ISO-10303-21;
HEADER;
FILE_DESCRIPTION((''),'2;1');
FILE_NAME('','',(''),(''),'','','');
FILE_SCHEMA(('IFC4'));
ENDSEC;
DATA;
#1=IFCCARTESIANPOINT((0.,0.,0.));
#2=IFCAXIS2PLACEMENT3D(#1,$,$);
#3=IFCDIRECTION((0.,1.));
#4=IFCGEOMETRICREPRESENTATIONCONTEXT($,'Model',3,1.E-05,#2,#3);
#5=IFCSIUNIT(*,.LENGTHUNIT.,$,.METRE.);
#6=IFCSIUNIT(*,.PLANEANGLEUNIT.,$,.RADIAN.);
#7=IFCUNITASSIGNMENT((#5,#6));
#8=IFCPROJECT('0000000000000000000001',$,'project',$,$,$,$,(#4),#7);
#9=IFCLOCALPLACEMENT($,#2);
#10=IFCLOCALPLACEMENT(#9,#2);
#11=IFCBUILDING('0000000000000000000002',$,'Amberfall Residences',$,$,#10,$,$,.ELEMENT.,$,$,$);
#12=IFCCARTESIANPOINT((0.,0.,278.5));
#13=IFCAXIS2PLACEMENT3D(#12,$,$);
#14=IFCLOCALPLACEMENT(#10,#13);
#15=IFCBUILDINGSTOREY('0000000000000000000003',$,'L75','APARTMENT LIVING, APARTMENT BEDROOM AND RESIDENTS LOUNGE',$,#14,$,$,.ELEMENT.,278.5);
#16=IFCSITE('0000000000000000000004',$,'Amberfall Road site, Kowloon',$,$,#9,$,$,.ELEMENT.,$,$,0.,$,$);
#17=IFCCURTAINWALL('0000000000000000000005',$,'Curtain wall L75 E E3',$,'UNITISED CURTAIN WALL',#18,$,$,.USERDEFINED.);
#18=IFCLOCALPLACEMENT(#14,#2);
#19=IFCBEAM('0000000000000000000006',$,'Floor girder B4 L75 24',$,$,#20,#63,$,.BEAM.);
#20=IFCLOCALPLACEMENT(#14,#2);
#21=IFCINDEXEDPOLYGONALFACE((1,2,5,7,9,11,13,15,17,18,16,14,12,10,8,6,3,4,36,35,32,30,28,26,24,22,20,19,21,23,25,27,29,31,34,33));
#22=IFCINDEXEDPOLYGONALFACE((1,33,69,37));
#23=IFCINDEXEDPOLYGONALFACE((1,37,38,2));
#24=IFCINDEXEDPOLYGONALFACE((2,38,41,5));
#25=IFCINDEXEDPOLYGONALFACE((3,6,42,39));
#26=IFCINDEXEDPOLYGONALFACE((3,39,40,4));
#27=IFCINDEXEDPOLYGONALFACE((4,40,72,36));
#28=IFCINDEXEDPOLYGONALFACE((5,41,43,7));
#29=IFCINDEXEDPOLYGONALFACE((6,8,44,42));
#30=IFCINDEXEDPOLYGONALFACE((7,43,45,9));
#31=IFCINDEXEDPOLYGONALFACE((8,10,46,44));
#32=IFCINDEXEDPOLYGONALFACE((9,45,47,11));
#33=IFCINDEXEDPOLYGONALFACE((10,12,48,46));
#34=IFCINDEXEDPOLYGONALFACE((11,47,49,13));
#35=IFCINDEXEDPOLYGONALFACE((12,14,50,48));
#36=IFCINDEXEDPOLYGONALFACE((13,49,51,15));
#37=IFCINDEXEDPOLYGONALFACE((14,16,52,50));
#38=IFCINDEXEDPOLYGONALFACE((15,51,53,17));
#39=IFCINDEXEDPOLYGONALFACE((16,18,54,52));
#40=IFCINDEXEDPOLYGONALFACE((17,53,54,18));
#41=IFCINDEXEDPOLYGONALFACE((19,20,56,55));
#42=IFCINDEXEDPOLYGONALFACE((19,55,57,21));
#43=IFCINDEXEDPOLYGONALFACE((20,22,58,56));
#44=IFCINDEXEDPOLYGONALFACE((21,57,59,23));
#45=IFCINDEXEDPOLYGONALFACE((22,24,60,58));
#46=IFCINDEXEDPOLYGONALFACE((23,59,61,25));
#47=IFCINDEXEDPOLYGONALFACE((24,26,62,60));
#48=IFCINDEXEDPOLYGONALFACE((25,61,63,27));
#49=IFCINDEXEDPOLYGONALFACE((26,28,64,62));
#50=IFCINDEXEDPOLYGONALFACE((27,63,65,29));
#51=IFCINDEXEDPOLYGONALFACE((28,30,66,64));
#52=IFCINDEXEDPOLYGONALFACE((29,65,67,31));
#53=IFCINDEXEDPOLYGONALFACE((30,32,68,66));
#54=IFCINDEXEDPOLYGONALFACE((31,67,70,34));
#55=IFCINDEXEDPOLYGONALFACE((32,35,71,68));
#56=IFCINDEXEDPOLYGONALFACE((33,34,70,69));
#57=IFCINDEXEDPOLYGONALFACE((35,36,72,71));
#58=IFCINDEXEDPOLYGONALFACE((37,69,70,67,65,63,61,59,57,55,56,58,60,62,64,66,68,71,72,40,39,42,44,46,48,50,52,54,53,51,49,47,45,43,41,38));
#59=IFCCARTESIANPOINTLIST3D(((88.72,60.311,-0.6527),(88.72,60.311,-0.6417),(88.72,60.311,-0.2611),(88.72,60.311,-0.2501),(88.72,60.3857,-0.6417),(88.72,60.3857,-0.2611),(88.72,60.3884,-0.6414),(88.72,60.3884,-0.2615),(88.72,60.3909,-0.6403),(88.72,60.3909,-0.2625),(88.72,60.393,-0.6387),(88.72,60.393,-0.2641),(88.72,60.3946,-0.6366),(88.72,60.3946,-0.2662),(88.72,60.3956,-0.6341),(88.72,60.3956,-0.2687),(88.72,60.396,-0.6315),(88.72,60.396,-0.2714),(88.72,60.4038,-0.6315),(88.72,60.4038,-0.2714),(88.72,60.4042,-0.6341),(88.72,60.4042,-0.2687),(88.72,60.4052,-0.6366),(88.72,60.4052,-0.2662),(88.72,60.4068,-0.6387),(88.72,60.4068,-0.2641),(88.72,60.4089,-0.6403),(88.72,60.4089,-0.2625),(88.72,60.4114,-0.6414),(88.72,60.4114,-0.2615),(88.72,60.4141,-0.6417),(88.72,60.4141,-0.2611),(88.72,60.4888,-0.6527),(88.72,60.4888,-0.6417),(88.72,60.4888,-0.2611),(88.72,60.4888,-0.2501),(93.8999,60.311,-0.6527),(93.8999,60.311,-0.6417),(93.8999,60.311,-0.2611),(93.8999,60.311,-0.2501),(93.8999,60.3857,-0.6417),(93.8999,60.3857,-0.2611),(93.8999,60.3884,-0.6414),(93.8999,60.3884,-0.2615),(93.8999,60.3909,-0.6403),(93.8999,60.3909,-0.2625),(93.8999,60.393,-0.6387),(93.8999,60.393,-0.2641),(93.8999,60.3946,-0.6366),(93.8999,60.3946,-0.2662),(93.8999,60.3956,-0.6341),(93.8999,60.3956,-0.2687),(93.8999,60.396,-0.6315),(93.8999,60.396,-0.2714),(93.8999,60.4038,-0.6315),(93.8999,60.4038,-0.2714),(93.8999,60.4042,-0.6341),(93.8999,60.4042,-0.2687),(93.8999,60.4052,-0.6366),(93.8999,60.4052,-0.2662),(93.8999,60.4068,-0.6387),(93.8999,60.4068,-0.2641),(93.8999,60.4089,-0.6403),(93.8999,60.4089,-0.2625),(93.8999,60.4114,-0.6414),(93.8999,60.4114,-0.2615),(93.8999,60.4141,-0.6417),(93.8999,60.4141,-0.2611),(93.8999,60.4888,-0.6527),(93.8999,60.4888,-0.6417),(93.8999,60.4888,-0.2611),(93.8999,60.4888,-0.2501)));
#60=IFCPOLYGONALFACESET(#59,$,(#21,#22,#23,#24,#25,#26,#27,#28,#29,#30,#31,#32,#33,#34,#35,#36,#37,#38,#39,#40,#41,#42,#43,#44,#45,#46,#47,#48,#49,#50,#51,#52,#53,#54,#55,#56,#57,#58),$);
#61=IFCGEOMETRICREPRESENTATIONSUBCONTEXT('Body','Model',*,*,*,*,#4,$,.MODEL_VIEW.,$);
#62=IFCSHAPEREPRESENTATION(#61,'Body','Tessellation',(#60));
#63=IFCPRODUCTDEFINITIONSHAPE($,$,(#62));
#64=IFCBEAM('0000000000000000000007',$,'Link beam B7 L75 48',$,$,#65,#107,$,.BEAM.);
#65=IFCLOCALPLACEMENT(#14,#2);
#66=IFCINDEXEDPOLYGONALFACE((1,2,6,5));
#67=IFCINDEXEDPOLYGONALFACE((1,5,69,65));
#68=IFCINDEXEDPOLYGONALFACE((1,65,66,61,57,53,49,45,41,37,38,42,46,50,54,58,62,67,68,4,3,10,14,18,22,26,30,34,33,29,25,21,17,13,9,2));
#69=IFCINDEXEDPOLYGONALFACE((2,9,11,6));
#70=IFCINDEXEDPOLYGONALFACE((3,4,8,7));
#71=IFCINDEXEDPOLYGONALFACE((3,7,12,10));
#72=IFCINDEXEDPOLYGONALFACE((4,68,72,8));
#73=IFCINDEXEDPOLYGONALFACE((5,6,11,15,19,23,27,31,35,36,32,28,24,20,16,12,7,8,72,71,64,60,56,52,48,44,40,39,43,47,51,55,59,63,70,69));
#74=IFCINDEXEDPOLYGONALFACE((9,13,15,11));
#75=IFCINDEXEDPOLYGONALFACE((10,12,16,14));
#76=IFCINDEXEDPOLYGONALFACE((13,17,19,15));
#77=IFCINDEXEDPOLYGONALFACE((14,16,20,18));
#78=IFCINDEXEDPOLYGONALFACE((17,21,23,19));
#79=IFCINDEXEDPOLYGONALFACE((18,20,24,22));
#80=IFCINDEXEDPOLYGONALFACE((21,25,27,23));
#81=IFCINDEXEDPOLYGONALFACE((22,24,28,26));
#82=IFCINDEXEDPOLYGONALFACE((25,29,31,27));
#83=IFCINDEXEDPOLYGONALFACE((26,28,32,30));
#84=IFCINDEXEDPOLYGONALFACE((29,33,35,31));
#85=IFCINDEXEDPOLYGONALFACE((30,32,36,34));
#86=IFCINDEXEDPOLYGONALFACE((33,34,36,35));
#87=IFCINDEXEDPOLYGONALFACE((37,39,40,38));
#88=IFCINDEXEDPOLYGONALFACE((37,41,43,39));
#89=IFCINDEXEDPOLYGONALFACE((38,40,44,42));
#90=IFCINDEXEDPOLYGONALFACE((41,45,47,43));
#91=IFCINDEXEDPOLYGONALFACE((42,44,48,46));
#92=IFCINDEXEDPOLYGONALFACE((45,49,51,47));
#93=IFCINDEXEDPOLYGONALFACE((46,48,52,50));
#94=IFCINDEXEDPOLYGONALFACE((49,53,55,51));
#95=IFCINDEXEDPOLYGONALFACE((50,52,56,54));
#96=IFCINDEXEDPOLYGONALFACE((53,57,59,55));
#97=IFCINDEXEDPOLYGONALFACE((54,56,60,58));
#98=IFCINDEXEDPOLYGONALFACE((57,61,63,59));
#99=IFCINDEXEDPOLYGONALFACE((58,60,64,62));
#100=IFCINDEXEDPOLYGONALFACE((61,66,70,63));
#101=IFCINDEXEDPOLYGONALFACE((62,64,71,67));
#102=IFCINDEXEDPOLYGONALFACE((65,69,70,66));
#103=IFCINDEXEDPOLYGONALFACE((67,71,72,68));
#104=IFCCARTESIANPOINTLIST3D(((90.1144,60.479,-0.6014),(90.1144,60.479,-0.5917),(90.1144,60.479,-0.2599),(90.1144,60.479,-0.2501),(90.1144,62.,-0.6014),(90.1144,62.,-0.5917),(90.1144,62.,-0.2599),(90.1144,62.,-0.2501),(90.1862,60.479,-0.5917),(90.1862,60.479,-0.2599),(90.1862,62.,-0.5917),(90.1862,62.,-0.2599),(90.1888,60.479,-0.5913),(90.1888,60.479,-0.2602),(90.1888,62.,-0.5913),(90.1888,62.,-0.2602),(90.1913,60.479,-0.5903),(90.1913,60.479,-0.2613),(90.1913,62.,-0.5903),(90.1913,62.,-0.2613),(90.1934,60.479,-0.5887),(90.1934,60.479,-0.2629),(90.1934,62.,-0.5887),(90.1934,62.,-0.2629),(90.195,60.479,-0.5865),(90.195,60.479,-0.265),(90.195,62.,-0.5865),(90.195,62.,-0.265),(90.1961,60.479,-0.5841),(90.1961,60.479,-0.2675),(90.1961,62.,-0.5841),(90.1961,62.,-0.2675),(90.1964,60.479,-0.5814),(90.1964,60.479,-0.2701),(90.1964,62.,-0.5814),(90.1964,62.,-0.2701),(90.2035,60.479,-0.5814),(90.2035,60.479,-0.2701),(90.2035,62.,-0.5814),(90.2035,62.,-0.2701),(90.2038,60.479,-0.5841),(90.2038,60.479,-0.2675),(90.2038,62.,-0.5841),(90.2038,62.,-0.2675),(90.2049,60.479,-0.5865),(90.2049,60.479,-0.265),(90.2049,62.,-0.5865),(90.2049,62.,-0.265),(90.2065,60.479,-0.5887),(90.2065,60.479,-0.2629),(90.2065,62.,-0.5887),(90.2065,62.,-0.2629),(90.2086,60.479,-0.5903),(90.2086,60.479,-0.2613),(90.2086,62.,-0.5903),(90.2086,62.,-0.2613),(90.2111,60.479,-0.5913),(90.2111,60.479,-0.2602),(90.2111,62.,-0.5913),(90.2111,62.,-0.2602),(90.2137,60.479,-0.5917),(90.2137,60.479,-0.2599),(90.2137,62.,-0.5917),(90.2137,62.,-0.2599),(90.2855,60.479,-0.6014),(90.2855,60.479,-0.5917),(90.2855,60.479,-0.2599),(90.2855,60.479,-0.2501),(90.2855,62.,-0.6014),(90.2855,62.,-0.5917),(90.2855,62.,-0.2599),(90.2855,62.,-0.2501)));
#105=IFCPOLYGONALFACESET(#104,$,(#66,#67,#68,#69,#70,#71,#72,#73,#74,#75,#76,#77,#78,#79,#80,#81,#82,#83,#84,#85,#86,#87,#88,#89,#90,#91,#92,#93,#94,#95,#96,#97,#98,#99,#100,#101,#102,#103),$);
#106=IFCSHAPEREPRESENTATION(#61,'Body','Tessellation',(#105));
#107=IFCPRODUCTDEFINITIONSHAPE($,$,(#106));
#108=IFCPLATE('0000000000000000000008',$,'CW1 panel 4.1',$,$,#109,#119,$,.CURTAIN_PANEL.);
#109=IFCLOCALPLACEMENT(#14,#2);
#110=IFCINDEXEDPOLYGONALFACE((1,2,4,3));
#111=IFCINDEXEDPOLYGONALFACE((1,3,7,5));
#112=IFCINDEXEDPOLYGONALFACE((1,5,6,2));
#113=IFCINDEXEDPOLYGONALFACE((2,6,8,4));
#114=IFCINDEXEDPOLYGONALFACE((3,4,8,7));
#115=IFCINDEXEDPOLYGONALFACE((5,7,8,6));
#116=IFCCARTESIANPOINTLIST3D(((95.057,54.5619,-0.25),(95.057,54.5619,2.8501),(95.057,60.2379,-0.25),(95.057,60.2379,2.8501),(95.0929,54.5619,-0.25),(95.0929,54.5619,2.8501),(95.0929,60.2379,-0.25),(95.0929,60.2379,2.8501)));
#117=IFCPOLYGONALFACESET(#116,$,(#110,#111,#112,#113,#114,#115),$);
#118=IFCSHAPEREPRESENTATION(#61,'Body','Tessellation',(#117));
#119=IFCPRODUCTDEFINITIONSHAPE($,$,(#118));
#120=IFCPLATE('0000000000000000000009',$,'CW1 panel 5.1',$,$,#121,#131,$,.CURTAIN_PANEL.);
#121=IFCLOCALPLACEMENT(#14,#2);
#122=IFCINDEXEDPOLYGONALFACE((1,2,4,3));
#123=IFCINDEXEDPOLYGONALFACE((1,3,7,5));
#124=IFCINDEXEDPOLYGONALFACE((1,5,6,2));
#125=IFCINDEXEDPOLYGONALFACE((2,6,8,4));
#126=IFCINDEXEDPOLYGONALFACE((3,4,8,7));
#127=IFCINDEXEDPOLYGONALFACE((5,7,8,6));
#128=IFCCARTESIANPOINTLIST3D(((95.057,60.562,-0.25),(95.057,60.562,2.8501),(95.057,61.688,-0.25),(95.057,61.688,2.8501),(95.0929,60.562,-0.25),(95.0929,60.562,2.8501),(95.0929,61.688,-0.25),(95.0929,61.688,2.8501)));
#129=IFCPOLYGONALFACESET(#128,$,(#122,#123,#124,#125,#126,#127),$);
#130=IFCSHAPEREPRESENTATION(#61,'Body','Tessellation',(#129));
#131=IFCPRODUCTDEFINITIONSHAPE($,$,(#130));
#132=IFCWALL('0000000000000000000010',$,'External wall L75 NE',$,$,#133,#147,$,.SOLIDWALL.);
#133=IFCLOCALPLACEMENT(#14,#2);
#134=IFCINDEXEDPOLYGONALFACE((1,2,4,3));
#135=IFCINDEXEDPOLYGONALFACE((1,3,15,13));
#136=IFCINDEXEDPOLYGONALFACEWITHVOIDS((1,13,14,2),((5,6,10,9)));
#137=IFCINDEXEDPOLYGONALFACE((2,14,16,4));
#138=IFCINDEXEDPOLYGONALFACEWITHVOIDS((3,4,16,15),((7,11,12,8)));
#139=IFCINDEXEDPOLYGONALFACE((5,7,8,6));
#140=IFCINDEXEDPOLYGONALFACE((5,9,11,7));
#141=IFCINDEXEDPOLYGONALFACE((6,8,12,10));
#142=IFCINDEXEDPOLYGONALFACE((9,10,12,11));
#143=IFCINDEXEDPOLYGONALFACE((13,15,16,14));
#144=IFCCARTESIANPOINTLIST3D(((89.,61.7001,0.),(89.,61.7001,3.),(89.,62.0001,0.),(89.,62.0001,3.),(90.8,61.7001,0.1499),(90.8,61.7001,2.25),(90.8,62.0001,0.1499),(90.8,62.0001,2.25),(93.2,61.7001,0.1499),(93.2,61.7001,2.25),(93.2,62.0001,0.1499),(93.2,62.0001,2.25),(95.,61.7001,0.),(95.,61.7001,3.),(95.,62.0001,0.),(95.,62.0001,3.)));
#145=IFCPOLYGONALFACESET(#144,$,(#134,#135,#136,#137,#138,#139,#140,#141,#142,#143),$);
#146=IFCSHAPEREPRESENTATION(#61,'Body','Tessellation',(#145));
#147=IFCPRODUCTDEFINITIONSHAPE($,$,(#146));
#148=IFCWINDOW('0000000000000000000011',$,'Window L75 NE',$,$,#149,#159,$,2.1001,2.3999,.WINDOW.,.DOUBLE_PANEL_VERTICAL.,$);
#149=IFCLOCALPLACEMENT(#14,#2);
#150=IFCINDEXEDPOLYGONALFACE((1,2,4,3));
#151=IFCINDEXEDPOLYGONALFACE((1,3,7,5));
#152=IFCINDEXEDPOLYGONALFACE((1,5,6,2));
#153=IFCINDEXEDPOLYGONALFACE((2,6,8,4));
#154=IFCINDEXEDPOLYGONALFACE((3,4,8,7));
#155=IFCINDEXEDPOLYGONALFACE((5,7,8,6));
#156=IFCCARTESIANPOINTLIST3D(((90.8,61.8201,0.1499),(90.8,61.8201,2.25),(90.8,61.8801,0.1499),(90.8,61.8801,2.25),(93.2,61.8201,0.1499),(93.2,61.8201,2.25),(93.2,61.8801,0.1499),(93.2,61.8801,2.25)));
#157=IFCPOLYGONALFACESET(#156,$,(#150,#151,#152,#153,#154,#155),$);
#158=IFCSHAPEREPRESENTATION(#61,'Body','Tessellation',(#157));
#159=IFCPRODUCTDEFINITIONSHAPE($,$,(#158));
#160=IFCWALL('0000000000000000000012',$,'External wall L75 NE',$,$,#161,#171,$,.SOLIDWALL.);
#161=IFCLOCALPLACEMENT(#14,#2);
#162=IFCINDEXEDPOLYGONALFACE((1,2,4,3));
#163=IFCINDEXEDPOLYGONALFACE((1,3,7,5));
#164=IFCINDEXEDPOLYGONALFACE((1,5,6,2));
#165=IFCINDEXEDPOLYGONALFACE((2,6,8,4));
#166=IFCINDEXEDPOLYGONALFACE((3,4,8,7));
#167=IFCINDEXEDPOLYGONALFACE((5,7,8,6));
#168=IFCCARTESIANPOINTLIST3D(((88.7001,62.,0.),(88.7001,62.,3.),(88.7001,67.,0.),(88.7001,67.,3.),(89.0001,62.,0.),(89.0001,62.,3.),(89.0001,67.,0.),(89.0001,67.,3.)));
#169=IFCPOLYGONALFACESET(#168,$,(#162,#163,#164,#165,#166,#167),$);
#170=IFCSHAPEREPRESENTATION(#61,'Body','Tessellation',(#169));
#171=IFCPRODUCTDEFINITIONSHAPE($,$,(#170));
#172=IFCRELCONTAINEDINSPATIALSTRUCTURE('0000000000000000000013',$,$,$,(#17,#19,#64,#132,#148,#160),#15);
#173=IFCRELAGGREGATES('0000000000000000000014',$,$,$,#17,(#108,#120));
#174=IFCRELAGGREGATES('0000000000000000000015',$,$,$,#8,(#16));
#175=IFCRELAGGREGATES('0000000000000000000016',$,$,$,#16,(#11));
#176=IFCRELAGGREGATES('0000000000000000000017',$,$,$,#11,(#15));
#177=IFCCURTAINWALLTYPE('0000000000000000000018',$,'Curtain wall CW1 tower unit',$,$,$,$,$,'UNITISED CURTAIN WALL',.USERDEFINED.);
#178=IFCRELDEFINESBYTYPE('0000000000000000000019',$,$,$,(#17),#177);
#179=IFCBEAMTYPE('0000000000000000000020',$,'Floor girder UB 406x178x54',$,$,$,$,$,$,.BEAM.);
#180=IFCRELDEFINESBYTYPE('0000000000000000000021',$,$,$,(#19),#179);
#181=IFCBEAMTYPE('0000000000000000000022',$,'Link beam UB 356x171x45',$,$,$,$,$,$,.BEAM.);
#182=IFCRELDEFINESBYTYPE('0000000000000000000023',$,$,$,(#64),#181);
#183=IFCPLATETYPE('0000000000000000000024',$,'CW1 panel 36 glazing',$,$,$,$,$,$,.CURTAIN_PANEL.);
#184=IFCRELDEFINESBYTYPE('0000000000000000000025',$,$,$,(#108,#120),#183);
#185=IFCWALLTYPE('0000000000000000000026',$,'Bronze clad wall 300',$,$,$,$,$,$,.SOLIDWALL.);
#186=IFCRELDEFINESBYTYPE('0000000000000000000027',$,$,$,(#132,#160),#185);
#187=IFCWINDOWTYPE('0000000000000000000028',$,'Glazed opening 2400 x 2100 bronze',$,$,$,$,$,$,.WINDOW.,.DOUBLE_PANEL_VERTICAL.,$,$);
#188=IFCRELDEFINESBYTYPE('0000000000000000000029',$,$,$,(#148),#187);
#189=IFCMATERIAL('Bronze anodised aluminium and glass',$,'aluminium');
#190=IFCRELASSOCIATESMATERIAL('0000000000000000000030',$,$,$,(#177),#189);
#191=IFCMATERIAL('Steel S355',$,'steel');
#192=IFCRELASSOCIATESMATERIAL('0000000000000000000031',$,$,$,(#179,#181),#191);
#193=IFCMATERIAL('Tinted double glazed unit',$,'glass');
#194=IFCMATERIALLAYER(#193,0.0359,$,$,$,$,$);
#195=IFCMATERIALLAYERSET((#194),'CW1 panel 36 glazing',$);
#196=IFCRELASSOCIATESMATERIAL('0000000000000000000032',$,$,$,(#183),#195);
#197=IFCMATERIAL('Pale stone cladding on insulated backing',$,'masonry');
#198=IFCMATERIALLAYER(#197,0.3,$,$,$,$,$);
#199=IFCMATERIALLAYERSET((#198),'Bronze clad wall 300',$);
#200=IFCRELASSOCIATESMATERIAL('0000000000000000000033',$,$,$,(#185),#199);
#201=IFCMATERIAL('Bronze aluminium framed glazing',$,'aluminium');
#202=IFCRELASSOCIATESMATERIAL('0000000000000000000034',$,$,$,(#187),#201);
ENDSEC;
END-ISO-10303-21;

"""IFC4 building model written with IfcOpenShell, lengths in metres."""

from ifc_helpers import new_model, si_unit, direction, frame, frame_2d, origin, origin_2d, place, context, subcontext, project, spatial, rectangle, i_section, extrude, material, layer, layer_set, material_profile, profile_set, type_object, element, fill, aggregate, save


model = new_model("IFC4")

# Units and contexts
model_context = context("Model", 3, precision=1e-05, world=origin(), true_north=direction((0.0, 1.0)))
body_context = subcontext(model_context, "Body", "Model", "MODEL_VIEW")
ifc_project = project(units=[si_unit("LENGTHUNIT", "METRE"), si_unit("PLANEANGLEUNIT", "RADIAN")], contexts=[model_context])

# Site, building, storey
site_placement = place(None, origin())
site = spatial("IfcSite", under=ifc_project, at=site_placement, Name="Amberfall Road site, Kowloon", CompositionType="ELEMENT", RefElevation=0.0)
building_placement = place(site_placement, origin())
building = spatial("IfcBuilding", under=site, at=building_placement, Name="Amberfall Residences", CompositionType="ELEMENT")
storey_placement = place(building_placement, frame((0.0, 0.0, 278.5)))
storey = spatial("IfcBuildingStorey", under=building, at=storey_placement, Name="L75", Description="APARTMENT LIVING, APARTMENT BEDROOM AND RESIDENTS LOUNGE", CompositionType="ELEMENT", Elevation=278.5)

# Curtain wall
ifc_material_1 = material(Name="Bronze anodised aluminium and glass", Category="aluminium")
curtain_wall_type = type_object("IfcCurtainWallType", Name="Curtain wall CW1 tower unit", ElementType="UNITISED CURTAIN WALL", PredefinedType="USERDEFINED", material=ifc_material_1)
curtain_wall_1_placement = place(storey_placement, origin())
curtain_wall_1 = element("IfcCurtainWall", 1, at=curtain_wall_1_placement, inside=storey, type_object=curtain_wall_type, Name="Curtain wall L75 E E3", ObjectType="UNITISED CURTAIN WALL", PredefinedType="USERDEFINED")

# Shared definitions
ifc_material_2 = material(Name="Steel S355", Category="steel")

# Beams
ifc_material_profile_1 = material_profile(ifc_material_2, i_section(OverallWidth=0.1777, OverallDepth=0.4026, WebThickness=0.0078, FlangeThickness=0.011, FilletRadius=0.0103, at=origin_2d()), Name="UB 406x178x54")
ifc_profile_set_1 = profile_set([ifc_material_profile_1], Name="Steel S355")
beam_type_1 = type_object("IfcBeamType", Name="Floor girder UB 406x178x54", PredefinedType="BEAM", material=ifc_profile_set_1)
beam_1_placement = place(storey_placement, frame((93.8999, 60.3999, -0.4514), z_axis=(-1.0, 0.0, 0.0), x_axis=(0.0, -1.0, 0.0)))
element("IfcBeam", 2, at=beam_1_placement, inside=storey, type_object=beam_type_1, Name="Floor girder B4 L75 24", PredefinedType="BEAM", context=body_context, shape_type="SweptSolid", body=[
    extrude(i_section(OverallWidth=0.1777, OverallDepth=0.4026, WebThickness=0.0078, FlangeThickness=0.011, FilletRadius=0.0103, at=origin_2d()), origin(), (0.0, 0.0, 1.0), 5.1799),
])
ifc_material_profile_2 = material_profile(ifc_material_2, i_section(OverallWidth=0.1711, OverallDepth=0.3513, WebThickness=0.0071, FlangeThickness=0.0098, FilletRadius=0.0103, at=origin_2d()), Name="UB 356x171x45")
ifc_profile_set_2 = profile_set([ifc_material_profile_2], Name="Steel S355")
beam_type_2 = type_object("IfcBeamType", Name="Link beam UB 356x171x45", PredefinedType="BEAM", material=ifc_profile_set_2)
beam_2_placement = place(storey_placement, frame((90.2, 62.0, -0.4258), z_axis=(0.0, -1.0, 0.0), x_axis=(1.0, 0.0, 0.0)))
element("IfcBeam", 3, at=beam_2_placement, inside=storey, type_object=beam_type_2, Name="Link beam B7 L75 48", PredefinedType="BEAM", context=body_context, shape_type="SweptSolid", body=[
    extrude(i_section(OverallWidth=0.1711, OverallDepth=0.3513, WebThickness=0.0071, FlangeThickness=0.0098, FilletRadius=0.0103, at=origin_2d()), origin(), (0.0, 0.0, 1.0), 1.521),
])

# Plates
ifc_material_3 = material(Name="Tinted double glazed unit", Category="glass")
ifc_layer_1 = layer(ifc_material_3, 0.0359)
ifc_layer_set_1 = layer_set([ifc_layer_1], Name="CW1 panel 36 glazing")
plate_type = type_object("IfcPlateType", Name="CW1 panel 36 glazing", PredefinedType="CURTAIN_PANEL", material=ifc_layer_set_1)
plate_1_placement = place(storey_placement, frame((95.075, 57.3999, -0.25), z_axis=(0.0, 0.0, 1.0), x_axis=(0.0, 1.0, 0.0)))
plate_1 = element("IfcPlate", 4, at=plate_1_placement, type_object=plate_type, Name="CW1 panel 4.1", PredefinedType="CURTAIN_PANEL", context=body_context, shape_type="SweptSolid", body=[
    extrude(rectangle(XDim=5.676, YDim=0.0359, at=origin_2d()), origin(), (0.0, 0.0, 1.0), 3.1001),
])
plate_2_placement = place(storey_placement, frame((95.075, 61.125, -0.25), z_axis=(0.0, 0.0, 1.0), x_axis=(0.0, 1.0, 0.0)))
plate_2 = element("IfcPlate", 5, at=plate_2_placement, type_object=plate_type, Name="CW1 panel 5.1", PredefinedType="CURTAIN_PANEL", context=body_context, shape_type="SweptSolid", body=[
    extrude(rectangle(XDim=1.126, YDim=0.0359, at=origin_2d()), origin(), (0.0, 0.0, 1.0), 3.1001),
])
aggregate(curtain_wall_1, [plate_1, plate_2])

# Wall, opening, window
ifc_material_4 = material(Name="Pale stone cladding on insulated backing", Category="masonry")
ifc_layer_2 = layer(ifc_material_4, 0.3)
ifc_layer_set_2 = layer_set([ifc_layer_2], Name="Bronze clad wall 300")
wall_type_1 = type_object("IfcWallType", Name="Bronze clad wall 300", PredefinedType="SOLIDWALL", material=ifc_layer_set_2)
wall_1_placement = place(storey_placement, frame((95.0, 61.8501, 0.0), z_axis=(0.0, 0.0, 1.0), x_axis=(-1.0, 0.0, 0.0)))
wall_1 = element("IfcWall", 6, at=wall_1_placement, inside=storey, type_object=wall_type_1, Name="External wall L75 NE", PredefinedType="SOLIDWALL", context=body_context, shape_type="SweptSolid", body=[
    extrude(rectangle(XDim=6.0, YDim=0.3, at=frame_2d((3.0, 0.0))), origin(), (0.0, 0.0, 1.0), 3.0),
])
opening_1_placement = place(wall_1_placement, frame((1.8, 0.0, 0.1499)))
opening_1 = element("IfcOpeningElement", 7, at=opening_1_placement, cuts=wall_1, PredefinedType="OPENING", context=body_context, shape_type="SweptSolid", body=[
    extrude(rectangle(XDim=2.3999, YDim=2.1001, at=frame_2d((1.2, 1.05))), frame((0.0, 0.1599, 0.0), z_axis=(0.0, -1.0, 0.0), x_axis=(1.0, 0.0, 0.0)), (0.0, 0.0, 1.0), 0.3201),
])
ifc_material_5 = material(Name="Bronze aluminium framed glazing", Category="aluminium")
window_type = type_object("IfcWindowType", Name="Glazed opening 2400 x 2100 bronze", PartitioningType="DOUBLE_PANEL_VERTICAL", PredefinedType="WINDOW", material=ifc_material_5)
window_placement = place(opening_1_placement, origin())
window = element("IfcWindow", 8, at=window_placement, inside=storey, type_object=window_type, Name="Window L75 NE", OverallHeight=2.1001, OverallWidth=2.3999, PartitioningType="DOUBLE_PANEL_VERTICAL", PredefinedType="WINDOW", context=body_context, shape_type="SweptSolid", body=[
    extrude(rectangle(XDim=2.3999, YDim=2.1001, at=frame_2d((1.2, 1.05))), frame((0.0, 0.03, 0.0), z_axis=(0.0, -1.0, 0.0), x_axis=(1.0, 0.0, 0.0)), (0.0, 0.0, 1.0), 0.0601),
])
fill(opening_1, window)

# Wall
wall_2_placement = place(storey_placement, frame((88.8501, 62.0, 0.0), z_axis=(0.0, 0.0, 1.0), x_axis=(0.0, 1.0, 0.0)))
element("IfcWall", 9, at=wall_2_placement, inside=storey, type_object=wall_type_1, Name="External wall L75 NE", PredefinedType="SOLIDWALL", context=body_context, shape_type="SweptSolid", body=[
    extrude(rectangle(XDim=5.0, YDim=0.3, at=frame_2d((2.5, 0.0))), origin(), (0.0, 0.0, 1.0), 3.0),
])

save(model, "model.ifc")
